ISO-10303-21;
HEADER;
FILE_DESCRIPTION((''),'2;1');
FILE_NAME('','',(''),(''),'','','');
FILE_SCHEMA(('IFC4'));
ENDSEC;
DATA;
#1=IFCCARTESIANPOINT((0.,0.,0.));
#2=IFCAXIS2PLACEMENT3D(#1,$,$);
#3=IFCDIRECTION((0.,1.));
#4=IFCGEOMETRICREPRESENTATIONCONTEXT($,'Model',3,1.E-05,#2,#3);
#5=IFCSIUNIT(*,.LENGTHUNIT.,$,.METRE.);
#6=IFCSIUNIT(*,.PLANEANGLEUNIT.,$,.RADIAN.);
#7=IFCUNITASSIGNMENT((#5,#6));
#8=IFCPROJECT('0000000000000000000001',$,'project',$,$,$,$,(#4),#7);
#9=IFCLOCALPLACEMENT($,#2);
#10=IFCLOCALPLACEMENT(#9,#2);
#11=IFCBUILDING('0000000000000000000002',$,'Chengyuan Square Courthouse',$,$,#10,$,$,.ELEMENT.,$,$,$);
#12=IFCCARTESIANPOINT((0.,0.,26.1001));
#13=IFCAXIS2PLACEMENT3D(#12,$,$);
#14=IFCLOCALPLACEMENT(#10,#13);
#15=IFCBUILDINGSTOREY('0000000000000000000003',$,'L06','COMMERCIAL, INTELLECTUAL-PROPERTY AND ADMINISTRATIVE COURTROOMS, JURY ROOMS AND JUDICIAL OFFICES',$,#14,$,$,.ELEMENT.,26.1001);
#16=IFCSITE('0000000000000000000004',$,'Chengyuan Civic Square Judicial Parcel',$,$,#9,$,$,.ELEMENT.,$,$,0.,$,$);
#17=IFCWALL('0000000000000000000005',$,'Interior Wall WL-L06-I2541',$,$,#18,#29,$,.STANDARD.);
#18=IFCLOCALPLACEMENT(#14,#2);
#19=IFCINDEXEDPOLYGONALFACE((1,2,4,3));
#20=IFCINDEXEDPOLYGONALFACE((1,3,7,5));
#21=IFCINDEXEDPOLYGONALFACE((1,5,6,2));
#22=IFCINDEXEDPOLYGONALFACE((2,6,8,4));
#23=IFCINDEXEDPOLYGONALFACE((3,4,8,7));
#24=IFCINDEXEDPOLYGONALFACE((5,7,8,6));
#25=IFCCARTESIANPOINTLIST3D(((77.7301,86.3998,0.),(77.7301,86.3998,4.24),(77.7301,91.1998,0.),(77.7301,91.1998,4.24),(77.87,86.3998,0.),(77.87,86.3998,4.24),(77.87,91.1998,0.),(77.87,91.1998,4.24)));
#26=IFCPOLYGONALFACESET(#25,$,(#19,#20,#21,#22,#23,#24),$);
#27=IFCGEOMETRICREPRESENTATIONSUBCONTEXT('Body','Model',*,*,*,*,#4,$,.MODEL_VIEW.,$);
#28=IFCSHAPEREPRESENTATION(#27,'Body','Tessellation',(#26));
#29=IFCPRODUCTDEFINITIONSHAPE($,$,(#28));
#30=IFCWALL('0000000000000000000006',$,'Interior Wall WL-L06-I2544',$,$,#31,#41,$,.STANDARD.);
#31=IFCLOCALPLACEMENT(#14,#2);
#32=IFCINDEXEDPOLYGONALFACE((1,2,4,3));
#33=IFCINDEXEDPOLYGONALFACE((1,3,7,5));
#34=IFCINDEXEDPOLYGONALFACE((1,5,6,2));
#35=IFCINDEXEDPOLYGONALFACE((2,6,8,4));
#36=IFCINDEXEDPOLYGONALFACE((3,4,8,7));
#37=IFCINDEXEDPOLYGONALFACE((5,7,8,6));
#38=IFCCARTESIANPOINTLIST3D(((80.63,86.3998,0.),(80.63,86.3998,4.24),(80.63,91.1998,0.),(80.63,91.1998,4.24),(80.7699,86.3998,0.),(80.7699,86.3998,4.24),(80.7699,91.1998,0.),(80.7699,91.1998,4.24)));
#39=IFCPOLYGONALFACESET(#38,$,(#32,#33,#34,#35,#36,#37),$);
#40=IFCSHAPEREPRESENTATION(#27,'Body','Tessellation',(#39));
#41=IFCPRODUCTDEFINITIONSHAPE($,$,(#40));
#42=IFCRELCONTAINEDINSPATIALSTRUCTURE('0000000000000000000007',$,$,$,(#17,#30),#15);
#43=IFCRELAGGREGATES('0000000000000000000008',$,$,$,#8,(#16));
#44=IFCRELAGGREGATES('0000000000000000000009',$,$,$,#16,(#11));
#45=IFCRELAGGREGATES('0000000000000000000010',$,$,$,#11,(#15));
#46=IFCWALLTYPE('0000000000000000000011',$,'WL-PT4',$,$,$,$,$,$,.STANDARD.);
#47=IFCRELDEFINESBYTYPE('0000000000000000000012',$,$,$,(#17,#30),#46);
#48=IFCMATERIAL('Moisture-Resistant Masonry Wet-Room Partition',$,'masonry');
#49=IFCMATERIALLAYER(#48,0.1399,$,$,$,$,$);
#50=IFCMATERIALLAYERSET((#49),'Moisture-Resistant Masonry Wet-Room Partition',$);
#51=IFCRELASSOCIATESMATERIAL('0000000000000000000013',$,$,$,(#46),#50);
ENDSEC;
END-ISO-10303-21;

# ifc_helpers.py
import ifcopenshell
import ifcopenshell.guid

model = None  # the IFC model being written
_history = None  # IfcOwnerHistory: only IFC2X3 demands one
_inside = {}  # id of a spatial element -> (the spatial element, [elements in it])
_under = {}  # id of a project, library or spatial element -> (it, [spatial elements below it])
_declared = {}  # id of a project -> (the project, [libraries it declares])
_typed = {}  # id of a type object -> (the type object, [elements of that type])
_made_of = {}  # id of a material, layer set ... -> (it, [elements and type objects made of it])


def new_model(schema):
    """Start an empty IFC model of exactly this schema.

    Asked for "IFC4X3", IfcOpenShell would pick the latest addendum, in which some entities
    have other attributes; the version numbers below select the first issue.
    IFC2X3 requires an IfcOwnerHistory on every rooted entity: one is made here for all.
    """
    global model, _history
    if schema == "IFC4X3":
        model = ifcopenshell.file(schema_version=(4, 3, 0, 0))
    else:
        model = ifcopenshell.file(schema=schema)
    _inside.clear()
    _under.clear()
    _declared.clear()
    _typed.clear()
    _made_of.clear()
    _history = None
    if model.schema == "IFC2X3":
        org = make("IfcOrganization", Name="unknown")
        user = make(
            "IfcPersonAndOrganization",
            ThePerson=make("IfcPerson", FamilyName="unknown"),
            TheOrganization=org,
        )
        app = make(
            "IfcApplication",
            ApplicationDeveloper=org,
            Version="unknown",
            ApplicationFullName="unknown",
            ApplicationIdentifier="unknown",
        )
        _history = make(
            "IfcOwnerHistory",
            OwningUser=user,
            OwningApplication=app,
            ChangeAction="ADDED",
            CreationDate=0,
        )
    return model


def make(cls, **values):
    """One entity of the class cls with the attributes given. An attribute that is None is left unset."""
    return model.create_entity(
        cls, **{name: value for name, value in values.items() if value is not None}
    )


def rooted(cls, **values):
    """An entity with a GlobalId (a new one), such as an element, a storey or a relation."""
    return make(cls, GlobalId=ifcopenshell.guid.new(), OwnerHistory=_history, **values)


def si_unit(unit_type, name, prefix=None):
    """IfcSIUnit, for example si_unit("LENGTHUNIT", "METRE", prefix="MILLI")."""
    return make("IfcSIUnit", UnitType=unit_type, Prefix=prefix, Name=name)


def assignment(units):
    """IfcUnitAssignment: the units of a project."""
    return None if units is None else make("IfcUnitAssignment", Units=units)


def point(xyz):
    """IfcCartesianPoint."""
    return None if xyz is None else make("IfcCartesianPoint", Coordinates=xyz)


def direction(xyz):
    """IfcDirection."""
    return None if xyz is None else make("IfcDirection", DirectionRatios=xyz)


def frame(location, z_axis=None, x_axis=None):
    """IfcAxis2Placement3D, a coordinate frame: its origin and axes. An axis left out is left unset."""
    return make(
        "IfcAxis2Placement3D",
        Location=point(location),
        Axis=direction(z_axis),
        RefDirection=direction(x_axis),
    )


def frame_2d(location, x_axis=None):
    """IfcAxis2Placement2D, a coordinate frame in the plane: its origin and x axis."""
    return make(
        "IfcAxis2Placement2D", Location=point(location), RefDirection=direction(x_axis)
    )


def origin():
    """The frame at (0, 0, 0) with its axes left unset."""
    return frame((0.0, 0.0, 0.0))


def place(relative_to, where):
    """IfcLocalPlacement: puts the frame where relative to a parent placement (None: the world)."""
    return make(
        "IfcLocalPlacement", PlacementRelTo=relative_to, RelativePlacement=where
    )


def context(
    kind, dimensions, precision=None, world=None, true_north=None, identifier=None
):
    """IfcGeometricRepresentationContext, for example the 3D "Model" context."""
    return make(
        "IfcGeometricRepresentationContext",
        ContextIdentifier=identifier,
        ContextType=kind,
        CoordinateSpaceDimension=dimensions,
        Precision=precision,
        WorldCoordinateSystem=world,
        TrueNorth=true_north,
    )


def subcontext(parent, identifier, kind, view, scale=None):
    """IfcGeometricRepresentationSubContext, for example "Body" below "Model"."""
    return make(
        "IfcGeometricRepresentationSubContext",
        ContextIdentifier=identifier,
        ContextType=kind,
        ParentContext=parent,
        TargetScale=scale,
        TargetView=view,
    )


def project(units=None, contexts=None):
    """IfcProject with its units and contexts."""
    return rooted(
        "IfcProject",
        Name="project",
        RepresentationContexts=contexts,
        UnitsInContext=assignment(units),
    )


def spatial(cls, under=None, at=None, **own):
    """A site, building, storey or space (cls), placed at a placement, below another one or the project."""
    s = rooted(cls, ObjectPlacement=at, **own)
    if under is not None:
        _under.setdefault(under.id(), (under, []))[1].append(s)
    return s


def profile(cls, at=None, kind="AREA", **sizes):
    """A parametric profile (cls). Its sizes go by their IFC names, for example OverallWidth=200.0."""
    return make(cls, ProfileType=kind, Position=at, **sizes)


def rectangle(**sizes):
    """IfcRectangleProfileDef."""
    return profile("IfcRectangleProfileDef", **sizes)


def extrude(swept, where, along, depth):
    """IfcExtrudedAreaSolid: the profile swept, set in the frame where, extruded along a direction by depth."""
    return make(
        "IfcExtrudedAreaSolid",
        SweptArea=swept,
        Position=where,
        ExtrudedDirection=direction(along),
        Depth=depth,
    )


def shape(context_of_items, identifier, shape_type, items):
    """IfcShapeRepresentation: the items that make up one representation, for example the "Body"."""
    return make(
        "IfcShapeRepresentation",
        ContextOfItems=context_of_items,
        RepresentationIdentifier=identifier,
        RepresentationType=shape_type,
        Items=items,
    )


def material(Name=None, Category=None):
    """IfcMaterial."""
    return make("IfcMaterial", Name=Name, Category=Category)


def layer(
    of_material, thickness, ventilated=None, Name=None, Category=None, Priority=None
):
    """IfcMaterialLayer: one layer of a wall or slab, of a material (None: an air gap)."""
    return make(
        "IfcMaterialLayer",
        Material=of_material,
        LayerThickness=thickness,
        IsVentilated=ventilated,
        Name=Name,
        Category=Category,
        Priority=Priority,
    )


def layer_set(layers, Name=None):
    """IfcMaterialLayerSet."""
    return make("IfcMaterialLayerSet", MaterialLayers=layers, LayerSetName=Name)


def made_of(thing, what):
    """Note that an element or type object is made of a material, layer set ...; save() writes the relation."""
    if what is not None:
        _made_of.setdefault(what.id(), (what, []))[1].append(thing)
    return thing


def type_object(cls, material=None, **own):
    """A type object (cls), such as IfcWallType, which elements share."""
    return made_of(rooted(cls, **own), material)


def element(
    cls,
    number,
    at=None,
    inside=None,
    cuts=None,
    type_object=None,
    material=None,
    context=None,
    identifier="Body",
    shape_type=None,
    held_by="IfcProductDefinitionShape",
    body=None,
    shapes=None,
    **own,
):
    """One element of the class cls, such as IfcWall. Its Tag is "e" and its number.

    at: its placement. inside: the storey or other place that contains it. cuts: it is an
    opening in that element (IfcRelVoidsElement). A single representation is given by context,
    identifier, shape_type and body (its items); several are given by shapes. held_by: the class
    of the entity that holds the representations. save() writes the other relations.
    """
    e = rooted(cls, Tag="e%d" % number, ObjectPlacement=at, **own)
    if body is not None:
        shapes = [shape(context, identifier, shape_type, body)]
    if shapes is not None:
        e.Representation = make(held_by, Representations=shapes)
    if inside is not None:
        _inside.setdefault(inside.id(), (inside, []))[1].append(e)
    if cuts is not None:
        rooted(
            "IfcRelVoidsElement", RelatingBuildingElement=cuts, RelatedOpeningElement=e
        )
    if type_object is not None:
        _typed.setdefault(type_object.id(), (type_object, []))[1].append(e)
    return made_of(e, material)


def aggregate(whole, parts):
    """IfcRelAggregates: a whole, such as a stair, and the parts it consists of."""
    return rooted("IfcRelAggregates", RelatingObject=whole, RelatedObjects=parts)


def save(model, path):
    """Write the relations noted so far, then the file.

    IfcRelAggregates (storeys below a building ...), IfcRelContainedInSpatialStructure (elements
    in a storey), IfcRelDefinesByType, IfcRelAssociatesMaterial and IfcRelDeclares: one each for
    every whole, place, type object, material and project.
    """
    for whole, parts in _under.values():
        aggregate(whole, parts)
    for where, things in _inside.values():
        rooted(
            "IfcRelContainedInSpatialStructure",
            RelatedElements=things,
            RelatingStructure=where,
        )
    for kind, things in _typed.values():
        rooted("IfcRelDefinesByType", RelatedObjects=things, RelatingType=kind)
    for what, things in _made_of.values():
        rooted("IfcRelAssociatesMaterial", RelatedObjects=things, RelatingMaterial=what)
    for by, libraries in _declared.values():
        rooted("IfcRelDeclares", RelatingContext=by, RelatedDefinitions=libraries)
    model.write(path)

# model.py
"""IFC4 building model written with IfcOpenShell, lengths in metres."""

from ifc_helpers import new_model, si_unit, direction, frame, frame_2d, origin, place, context, subcontext, project, spatial, rectangle, extrude, material, layer, layer_set, type_object, element, save


model = new_model("IFC4")

# Units and contexts
model_context = context("Model", 3, precision=1e-05, world=origin(), true_north=direction((0.0, 1.0)))
body_context = subcontext(model_context, "Body", "Model", "MODEL_VIEW")
ifc_project = project(units=[si_unit("LENGTHUNIT", "METRE"), si_unit("PLANEANGLEUNIT", "RADIAN")], contexts=[model_context])

# Site, building, storey
site_placement = place(None, origin())
site = spatial("IfcSite", under=ifc_project, at=site_placement, Name="Chengyuan Civic Square Judicial Parcel", CompositionType="ELEMENT", RefElevation=0.0)
building_placement = place(site_placement, origin())
building = spatial("IfcBuilding", under=site, at=building_placement, Name="Chengyuan Square Courthouse", CompositionType="ELEMENT")
storey_placement = place(building_placement, frame((0.0, 0.0, 26.1001)))
storey = spatial("IfcBuildingStorey", under=building, at=storey_placement, Name="L06", Description="COMMERCIAL, INTELLECTUAL-PROPERTY AND ADMINISTRATIVE COURTROOMS, JURY ROOMS AND JUDICIAL OFFICES", CompositionType="ELEMENT", Elevation=26.1001)

# Walls
ifc_material_1 = material(Name="Moisture-Resistant Masonry Wet-Room Partition", Category="masonry")
ifc_layer_1 = layer(ifc_material_1, 0.1399)
ifc_layer_set_1 = layer_set([ifc_layer_1], Name="Moisture-Resistant Masonry Wet-Room Partition")
wall_type = type_object("IfcWallType", Name="WL-PT4", PredefinedType="STANDARD", material=ifc_layer_set_1)
for number, where, z_axis, x_axis, name in (
    (1, (77.8, 86.3999, 0.0), (0.0, 0.0, 1.0), (0.0, 1.0, 0.0), "Interior Wall WL-L06-I2541"),
    (2, (80.7, 86.3999, 0.0), (0.0, 0.0, 1.0), (0.0, 1.0, 0.0), "Interior Wall WL-L06-I2544"),
):
    element("IfcWall", number, at=place(storey_placement, frame(where, z_axis=z_axis, x_axis=x_axis)), inside=storey, type_object=wall_type, Name=name, PredefinedType="STANDARD", context=body_context, shape_type="SweptSolid", body=[
        extrude(rectangle(XDim=4.8, YDim=0.1399, at=frame_2d((2.3999, 0.0))), origin(), (0.0, 0.0, 1.0), 4.24),
    ])

save(model, "model.ifc")
